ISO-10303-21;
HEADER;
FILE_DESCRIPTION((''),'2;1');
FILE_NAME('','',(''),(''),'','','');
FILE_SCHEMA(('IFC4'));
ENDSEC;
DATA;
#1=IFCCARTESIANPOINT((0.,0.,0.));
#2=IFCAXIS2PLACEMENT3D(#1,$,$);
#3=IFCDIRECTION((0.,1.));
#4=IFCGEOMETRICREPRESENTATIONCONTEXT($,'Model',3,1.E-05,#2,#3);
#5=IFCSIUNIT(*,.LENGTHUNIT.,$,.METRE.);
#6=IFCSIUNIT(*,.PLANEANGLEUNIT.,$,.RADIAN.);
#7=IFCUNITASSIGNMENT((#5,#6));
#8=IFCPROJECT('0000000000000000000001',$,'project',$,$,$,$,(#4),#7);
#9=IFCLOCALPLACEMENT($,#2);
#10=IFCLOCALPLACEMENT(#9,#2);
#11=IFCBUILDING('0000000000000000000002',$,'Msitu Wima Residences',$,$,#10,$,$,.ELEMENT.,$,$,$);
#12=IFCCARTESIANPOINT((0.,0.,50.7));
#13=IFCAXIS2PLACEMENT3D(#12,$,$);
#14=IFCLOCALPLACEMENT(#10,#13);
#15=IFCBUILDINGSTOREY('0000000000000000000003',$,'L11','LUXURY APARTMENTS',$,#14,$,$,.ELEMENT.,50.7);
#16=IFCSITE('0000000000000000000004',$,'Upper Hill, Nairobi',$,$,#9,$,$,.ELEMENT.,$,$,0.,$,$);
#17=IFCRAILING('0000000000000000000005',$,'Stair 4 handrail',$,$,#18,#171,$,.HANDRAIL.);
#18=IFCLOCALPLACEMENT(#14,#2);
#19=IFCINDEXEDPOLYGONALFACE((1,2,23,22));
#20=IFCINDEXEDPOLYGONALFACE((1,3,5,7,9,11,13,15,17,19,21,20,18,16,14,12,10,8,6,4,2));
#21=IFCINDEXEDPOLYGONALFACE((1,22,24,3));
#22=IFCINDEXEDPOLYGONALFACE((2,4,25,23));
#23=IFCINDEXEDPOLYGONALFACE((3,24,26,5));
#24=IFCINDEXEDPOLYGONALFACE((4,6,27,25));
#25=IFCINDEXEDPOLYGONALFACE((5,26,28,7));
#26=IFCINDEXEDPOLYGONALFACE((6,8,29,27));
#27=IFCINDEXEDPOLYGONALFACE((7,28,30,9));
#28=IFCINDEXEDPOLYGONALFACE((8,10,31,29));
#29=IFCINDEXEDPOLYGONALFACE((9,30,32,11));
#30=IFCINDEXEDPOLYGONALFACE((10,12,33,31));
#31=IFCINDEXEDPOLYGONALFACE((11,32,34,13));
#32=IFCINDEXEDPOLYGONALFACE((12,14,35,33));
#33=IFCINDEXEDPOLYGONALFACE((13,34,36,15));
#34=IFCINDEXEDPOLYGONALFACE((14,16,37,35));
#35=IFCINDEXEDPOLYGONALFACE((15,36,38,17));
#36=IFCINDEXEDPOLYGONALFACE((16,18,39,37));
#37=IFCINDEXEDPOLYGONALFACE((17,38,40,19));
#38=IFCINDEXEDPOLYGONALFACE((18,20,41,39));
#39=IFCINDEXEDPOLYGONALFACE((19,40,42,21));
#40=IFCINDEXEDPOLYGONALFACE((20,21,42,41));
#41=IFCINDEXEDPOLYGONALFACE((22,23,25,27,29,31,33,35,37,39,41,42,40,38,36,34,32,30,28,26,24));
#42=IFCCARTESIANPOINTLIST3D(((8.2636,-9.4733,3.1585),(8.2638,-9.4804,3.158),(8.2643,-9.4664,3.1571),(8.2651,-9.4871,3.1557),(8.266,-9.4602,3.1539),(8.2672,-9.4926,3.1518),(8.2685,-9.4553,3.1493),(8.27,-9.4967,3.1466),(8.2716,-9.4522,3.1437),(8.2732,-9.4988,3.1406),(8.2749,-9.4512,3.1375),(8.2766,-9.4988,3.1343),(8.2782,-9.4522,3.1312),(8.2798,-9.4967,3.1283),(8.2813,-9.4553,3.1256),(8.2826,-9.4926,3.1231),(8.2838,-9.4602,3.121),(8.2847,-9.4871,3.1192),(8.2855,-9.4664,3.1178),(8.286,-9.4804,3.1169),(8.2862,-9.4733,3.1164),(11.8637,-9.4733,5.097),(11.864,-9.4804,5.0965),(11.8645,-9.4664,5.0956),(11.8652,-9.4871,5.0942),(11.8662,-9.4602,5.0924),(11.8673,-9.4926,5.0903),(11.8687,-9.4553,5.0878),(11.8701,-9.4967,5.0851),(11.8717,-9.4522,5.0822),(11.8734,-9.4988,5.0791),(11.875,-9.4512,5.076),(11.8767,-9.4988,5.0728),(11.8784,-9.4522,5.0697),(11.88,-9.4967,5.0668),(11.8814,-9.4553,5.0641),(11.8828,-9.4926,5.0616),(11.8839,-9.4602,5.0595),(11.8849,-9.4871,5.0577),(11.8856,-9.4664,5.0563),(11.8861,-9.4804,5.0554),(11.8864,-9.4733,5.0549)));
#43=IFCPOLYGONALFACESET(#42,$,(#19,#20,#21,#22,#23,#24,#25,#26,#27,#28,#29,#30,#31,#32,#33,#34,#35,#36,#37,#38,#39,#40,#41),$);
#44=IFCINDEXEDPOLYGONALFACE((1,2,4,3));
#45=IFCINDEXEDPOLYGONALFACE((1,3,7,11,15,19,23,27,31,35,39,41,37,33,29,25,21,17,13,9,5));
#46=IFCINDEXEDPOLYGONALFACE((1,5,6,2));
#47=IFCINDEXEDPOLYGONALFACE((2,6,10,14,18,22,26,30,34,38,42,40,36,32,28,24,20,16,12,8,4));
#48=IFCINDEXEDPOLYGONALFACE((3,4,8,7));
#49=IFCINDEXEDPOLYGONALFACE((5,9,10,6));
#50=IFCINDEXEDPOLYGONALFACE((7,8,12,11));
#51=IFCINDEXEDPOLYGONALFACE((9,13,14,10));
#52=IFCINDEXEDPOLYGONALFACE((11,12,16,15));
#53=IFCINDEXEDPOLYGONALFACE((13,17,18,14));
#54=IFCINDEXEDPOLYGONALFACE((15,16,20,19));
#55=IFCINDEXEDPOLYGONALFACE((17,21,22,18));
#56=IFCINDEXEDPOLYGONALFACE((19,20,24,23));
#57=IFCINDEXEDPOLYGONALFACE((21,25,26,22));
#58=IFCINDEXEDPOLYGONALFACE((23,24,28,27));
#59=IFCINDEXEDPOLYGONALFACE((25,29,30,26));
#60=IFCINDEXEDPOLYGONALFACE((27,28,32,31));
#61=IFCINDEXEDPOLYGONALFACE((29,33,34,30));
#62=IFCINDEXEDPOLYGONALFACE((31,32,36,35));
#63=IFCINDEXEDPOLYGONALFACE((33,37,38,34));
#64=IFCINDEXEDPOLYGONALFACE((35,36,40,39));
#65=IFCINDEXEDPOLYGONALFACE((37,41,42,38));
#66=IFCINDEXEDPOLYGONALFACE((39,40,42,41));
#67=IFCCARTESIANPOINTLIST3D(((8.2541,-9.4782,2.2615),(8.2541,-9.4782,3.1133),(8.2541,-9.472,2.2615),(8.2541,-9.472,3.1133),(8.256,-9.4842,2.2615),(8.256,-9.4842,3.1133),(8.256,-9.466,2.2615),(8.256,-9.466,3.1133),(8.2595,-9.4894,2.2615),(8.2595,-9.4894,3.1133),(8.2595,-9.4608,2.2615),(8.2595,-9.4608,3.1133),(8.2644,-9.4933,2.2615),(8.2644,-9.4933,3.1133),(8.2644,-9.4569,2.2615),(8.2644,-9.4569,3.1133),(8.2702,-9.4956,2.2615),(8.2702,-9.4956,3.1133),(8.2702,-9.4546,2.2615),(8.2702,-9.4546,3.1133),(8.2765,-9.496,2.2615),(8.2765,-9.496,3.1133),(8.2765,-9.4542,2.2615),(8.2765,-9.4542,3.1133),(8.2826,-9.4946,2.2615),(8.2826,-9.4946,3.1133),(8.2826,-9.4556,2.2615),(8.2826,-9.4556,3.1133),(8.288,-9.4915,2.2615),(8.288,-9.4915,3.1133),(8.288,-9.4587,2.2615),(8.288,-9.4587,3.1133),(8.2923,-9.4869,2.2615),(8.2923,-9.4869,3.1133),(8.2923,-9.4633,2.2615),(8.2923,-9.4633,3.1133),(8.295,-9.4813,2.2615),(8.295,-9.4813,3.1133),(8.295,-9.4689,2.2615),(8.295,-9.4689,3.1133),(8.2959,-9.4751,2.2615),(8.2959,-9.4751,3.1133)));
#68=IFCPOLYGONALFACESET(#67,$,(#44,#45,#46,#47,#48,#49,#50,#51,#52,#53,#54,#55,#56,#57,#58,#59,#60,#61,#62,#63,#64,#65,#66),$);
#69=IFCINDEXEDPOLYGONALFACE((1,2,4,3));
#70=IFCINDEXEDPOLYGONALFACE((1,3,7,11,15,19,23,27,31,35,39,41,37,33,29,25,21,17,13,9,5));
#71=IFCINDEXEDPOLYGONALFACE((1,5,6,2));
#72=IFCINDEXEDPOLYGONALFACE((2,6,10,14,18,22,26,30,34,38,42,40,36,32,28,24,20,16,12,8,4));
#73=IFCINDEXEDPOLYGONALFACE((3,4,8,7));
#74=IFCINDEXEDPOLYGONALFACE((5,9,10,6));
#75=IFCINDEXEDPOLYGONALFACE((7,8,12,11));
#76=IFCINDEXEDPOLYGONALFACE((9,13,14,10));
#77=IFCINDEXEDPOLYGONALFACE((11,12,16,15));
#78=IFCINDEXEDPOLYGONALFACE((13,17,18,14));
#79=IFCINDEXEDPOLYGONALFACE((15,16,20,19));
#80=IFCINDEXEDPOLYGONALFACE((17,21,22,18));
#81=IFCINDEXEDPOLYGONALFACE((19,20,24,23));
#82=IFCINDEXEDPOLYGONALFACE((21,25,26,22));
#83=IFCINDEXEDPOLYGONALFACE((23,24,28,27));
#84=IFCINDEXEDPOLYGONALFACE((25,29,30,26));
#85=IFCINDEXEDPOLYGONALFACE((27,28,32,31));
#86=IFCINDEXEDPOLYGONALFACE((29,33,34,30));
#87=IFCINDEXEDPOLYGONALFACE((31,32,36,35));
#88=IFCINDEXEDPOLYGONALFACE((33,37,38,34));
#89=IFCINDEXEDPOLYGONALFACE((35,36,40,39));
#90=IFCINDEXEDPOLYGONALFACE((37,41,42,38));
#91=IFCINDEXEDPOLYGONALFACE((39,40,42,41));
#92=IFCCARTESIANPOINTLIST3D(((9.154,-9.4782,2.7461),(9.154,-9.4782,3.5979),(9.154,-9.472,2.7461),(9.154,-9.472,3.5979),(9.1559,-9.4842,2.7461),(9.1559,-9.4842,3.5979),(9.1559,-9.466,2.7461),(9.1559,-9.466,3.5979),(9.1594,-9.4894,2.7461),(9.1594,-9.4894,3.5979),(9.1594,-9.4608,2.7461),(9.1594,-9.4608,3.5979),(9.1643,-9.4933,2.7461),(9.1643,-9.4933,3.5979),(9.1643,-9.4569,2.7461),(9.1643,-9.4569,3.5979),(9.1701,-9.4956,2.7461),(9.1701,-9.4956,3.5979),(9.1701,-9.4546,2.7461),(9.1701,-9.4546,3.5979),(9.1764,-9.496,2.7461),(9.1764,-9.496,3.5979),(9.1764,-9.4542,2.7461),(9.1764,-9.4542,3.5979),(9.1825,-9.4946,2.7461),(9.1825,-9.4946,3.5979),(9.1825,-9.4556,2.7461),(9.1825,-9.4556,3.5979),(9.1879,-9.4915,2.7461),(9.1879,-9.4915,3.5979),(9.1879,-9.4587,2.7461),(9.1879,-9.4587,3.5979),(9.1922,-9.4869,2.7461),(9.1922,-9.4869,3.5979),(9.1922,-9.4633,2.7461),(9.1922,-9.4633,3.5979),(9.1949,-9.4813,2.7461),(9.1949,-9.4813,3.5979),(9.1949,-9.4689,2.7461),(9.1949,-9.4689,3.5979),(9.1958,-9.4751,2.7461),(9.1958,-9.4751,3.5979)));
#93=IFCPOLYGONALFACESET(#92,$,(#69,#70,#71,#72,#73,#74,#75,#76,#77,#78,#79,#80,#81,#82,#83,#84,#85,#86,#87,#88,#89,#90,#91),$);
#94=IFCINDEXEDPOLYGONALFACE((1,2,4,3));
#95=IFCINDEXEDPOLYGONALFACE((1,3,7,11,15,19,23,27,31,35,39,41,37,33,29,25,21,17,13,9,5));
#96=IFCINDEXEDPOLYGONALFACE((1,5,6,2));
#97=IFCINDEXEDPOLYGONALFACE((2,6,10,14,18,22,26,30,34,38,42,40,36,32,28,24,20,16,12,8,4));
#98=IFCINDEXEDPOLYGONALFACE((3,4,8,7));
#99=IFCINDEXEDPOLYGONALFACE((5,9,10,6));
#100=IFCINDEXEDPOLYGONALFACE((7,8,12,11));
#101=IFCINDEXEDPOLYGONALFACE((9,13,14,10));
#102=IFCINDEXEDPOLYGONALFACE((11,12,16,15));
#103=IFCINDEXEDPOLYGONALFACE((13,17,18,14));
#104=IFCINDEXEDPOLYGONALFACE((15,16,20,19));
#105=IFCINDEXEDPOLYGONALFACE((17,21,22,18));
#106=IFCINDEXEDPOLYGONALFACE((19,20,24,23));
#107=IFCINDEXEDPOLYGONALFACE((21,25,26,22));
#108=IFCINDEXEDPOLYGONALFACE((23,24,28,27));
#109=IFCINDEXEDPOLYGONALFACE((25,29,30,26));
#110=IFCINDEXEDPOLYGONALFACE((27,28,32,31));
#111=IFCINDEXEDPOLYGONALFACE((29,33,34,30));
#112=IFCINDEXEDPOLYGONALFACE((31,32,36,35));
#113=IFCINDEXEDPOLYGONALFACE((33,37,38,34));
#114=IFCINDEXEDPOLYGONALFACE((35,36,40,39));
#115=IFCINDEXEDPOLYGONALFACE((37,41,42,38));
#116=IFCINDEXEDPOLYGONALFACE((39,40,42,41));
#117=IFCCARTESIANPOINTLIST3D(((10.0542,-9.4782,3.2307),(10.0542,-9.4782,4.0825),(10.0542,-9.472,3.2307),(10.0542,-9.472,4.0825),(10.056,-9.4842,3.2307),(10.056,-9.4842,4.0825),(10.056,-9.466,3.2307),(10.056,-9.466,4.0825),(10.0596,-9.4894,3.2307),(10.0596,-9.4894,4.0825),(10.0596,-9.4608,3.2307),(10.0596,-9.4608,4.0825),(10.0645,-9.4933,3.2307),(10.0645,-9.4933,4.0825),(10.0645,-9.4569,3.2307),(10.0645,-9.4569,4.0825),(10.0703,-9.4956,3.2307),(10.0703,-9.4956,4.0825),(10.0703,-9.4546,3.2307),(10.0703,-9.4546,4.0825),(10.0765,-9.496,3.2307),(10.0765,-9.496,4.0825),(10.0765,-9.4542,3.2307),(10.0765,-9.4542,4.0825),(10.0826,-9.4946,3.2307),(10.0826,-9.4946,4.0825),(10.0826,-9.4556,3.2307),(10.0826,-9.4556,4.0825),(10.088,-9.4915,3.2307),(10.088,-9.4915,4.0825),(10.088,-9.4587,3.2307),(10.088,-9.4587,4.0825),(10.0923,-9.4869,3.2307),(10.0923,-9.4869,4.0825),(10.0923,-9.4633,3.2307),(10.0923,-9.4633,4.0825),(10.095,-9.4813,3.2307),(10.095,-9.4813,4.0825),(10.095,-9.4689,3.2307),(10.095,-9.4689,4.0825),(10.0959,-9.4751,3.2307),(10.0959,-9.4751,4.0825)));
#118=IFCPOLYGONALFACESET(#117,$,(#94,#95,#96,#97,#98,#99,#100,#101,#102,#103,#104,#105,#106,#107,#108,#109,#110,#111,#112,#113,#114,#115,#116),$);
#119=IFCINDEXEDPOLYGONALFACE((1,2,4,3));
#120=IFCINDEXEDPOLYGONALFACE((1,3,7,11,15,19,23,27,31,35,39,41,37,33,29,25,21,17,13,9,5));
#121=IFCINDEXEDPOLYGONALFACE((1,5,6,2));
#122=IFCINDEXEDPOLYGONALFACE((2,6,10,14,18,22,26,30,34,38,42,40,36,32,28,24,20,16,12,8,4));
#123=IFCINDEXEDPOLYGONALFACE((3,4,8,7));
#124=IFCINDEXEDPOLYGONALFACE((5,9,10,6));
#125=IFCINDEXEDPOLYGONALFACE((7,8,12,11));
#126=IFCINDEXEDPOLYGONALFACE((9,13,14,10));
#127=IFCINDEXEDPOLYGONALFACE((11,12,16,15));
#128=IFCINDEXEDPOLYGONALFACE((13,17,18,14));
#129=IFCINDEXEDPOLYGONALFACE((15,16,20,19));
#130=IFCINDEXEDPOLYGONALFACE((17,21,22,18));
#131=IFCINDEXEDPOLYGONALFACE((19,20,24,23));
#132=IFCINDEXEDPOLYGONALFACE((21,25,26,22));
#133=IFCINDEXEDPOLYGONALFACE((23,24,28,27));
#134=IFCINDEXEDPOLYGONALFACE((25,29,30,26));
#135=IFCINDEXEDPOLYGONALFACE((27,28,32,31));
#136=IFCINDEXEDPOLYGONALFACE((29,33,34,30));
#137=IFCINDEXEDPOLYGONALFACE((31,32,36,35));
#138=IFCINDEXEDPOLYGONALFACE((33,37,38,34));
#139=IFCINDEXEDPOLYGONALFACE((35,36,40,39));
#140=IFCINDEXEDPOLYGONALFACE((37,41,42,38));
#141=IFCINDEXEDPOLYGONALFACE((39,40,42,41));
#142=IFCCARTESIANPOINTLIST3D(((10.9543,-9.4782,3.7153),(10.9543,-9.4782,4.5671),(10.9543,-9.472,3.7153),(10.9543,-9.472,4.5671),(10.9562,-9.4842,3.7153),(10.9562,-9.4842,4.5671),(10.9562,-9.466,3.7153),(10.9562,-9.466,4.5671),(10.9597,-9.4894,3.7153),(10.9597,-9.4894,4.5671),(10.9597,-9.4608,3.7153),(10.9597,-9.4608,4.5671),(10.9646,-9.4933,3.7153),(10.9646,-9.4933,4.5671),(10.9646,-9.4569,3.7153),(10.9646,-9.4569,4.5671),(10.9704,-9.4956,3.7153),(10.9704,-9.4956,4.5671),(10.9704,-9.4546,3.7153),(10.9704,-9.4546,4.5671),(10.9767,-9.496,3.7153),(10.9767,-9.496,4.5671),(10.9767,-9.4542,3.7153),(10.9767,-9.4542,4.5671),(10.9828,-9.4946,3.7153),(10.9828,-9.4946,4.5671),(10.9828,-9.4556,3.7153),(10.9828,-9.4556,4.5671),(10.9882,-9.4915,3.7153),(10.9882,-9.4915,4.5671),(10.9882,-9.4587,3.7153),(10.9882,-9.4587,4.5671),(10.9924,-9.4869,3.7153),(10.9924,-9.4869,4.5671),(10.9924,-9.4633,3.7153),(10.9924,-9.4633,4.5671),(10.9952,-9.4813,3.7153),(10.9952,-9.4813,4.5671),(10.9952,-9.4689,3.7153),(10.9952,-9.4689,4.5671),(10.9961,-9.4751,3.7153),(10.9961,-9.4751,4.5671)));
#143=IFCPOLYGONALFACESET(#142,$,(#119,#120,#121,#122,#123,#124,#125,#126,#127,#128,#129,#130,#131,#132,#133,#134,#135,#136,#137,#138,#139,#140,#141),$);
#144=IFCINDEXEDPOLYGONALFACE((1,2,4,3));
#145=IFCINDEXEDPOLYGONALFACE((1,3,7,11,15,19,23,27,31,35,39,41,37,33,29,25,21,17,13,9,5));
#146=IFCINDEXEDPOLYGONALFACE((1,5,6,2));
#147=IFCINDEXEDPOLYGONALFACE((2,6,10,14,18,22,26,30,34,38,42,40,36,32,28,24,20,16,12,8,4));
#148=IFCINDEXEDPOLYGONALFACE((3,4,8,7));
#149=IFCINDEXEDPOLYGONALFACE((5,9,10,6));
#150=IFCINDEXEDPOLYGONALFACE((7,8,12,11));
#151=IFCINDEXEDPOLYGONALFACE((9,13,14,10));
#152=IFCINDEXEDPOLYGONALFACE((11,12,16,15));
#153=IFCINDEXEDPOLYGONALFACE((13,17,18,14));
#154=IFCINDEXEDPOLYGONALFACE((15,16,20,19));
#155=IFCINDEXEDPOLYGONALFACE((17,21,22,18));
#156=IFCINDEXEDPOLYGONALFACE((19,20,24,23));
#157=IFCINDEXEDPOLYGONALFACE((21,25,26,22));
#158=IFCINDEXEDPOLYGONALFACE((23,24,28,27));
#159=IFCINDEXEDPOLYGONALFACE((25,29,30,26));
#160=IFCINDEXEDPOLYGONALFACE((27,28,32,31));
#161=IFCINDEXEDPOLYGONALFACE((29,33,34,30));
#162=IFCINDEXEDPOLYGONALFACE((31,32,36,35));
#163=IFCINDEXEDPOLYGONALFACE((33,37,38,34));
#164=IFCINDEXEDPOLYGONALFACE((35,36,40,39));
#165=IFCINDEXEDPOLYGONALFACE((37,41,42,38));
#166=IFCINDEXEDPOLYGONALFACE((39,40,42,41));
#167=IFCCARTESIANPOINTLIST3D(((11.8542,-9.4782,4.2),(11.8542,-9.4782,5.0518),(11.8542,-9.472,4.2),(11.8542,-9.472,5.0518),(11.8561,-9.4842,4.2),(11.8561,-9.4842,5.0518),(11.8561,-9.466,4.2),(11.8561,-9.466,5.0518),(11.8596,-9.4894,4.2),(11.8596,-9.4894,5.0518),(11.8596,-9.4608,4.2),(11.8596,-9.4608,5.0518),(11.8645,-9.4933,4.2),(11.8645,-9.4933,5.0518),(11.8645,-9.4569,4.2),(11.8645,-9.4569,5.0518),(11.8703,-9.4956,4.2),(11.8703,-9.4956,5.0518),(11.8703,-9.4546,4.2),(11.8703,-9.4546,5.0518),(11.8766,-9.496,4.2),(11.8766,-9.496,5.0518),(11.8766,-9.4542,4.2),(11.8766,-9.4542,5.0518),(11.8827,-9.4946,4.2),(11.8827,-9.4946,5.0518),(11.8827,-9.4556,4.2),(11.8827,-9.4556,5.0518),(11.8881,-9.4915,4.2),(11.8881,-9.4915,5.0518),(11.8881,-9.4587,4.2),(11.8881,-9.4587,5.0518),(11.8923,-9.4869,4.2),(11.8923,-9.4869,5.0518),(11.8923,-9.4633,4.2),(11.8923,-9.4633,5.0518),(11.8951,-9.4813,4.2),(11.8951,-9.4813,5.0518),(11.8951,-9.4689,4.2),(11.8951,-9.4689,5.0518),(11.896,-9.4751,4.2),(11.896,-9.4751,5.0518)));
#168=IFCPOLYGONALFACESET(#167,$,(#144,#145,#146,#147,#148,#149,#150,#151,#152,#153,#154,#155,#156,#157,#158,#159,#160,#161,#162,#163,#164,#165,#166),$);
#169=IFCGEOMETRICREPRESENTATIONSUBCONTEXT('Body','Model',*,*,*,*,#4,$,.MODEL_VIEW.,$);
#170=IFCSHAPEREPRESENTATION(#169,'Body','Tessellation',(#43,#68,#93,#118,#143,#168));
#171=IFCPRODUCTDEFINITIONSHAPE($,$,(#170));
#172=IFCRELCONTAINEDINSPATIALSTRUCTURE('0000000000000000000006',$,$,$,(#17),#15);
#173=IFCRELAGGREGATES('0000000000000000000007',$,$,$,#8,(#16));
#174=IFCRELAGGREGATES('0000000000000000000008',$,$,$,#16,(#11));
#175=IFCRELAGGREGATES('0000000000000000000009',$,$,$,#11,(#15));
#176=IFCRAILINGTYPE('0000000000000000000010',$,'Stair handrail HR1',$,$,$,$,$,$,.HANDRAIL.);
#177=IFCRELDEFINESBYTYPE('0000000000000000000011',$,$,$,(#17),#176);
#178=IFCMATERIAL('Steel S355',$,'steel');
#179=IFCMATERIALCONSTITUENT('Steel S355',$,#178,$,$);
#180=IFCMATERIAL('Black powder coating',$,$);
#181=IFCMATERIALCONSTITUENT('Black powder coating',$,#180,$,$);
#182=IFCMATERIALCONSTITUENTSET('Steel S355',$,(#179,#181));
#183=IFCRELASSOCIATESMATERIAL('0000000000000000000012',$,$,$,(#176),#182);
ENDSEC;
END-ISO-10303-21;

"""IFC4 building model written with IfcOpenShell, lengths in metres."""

from ifc_helpers import new_model, si_unit, direction, frame, origin, origin_2d, place, context, subcontext, project, spatial, circle, extrude, material, constituent, constituent_set, type_object, element, save


model = new_model("IFC4")

# Units and contexts
model_context = context("Model", 3, precision=1e-05, world=origin(), true_north=direction((0.0, 1.0)))
body_context = subcontext(model_context, "Body", "Model", "MODEL_VIEW")
ifc_project = project(units=[si_unit("LENGTHUNIT", "METRE"), si_unit("PLANEANGLEUNIT", "RADIAN")], contexts=[model_context])

# Site, building, storey
site_placement = place(None, origin())
site = spatial("IfcSite", under=ifc_project, at=site_placement, Name="Upper Hill, Nairobi", CompositionType="ELEMENT", RefElevation=0.0)
building_placement = place(site_placement, origin())
building = spatial("IfcBuilding", under=site, at=building_placement, Name="Msitu Wima Residences", CompositionType="ELEMENT")
storey_placement = place(building_placement, frame((0.0, 0.0, 50.7)))
storey = spatial("IfcBuildingStorey", under=building, at=storey_placement, Name="L11", Description="LUXURY APARTMENTS", CompositionType="ELEMENT", Elevation=50.7)

# Railing
ifc_material_1 = material(Name="Steel S355", Category="steel")
ifc_constituent_1 = constituent(ifc_material_1, Name="Steel S355")
ifc_material_2 = material(Name="Black powder coating")
ifc_constituent_2 = constituent(ifc_material_2, Name="Black powder coating")
ifc_constituent_set = constituent_set(constituents=[ifc_constituent_1, ifc_constituent_2], Name="Steel S355")
railing_type = type_object("IfcRailingType", Name="Stair handrail HR1", PredefinedType="HANDRAIL", material=ifc_constituent_set)
for number, where, name in (
    (1, (8.2749, -9.4751, 2.2615), "Stair 4 handrail"),
):
    element("IfcRailing", number, at=place(storey_placement, frame(where)), inside=storey, type_object=railing_type, Name=name, PredefinedType="HANDRAIL", context=body_context, shape_type="SweptSolid", body=[
        extrude(circle(Radius=0.0239, at=origin_2d()), frame((0.0, 0.0, 0.876), z_axis=(0.880475, 0.0, 0.474093), x_axis=(0.0, 1.0, 0.0)), (0.0, 0.0, 1.0), 4.0889),
        extrude(circle(Radius=0.021, at=origin_2d()), origin(), (0.0, 0.0, 1.0), 0.8518),
        extrude(circle(Radius=0.021, at=origin_2d()), frame((0.8999, 0.0, 0.4846)), (0.0, 0.0, 1.0), 0.8518),
        extrude(circle(Radius=0.021, at=origin_2d()), frame((1.8, 0.0, 0.9692)), (0.0, 0.0, 1.0), 0.8518),
        extrude(circle(Radius=0.021, at=origin_2d()), frame((2.7002, 0.0, 1.4539)), (0.0, 0.0, 1.0), 0.8518),
        extrude(circle(Radius=0.021, at=origin_2d()), frame((3.6001, 0.0, 1.9385)), (0.0, 0.0, 1.0), 0.8518),
    ])

save(model, "model.ifc")
